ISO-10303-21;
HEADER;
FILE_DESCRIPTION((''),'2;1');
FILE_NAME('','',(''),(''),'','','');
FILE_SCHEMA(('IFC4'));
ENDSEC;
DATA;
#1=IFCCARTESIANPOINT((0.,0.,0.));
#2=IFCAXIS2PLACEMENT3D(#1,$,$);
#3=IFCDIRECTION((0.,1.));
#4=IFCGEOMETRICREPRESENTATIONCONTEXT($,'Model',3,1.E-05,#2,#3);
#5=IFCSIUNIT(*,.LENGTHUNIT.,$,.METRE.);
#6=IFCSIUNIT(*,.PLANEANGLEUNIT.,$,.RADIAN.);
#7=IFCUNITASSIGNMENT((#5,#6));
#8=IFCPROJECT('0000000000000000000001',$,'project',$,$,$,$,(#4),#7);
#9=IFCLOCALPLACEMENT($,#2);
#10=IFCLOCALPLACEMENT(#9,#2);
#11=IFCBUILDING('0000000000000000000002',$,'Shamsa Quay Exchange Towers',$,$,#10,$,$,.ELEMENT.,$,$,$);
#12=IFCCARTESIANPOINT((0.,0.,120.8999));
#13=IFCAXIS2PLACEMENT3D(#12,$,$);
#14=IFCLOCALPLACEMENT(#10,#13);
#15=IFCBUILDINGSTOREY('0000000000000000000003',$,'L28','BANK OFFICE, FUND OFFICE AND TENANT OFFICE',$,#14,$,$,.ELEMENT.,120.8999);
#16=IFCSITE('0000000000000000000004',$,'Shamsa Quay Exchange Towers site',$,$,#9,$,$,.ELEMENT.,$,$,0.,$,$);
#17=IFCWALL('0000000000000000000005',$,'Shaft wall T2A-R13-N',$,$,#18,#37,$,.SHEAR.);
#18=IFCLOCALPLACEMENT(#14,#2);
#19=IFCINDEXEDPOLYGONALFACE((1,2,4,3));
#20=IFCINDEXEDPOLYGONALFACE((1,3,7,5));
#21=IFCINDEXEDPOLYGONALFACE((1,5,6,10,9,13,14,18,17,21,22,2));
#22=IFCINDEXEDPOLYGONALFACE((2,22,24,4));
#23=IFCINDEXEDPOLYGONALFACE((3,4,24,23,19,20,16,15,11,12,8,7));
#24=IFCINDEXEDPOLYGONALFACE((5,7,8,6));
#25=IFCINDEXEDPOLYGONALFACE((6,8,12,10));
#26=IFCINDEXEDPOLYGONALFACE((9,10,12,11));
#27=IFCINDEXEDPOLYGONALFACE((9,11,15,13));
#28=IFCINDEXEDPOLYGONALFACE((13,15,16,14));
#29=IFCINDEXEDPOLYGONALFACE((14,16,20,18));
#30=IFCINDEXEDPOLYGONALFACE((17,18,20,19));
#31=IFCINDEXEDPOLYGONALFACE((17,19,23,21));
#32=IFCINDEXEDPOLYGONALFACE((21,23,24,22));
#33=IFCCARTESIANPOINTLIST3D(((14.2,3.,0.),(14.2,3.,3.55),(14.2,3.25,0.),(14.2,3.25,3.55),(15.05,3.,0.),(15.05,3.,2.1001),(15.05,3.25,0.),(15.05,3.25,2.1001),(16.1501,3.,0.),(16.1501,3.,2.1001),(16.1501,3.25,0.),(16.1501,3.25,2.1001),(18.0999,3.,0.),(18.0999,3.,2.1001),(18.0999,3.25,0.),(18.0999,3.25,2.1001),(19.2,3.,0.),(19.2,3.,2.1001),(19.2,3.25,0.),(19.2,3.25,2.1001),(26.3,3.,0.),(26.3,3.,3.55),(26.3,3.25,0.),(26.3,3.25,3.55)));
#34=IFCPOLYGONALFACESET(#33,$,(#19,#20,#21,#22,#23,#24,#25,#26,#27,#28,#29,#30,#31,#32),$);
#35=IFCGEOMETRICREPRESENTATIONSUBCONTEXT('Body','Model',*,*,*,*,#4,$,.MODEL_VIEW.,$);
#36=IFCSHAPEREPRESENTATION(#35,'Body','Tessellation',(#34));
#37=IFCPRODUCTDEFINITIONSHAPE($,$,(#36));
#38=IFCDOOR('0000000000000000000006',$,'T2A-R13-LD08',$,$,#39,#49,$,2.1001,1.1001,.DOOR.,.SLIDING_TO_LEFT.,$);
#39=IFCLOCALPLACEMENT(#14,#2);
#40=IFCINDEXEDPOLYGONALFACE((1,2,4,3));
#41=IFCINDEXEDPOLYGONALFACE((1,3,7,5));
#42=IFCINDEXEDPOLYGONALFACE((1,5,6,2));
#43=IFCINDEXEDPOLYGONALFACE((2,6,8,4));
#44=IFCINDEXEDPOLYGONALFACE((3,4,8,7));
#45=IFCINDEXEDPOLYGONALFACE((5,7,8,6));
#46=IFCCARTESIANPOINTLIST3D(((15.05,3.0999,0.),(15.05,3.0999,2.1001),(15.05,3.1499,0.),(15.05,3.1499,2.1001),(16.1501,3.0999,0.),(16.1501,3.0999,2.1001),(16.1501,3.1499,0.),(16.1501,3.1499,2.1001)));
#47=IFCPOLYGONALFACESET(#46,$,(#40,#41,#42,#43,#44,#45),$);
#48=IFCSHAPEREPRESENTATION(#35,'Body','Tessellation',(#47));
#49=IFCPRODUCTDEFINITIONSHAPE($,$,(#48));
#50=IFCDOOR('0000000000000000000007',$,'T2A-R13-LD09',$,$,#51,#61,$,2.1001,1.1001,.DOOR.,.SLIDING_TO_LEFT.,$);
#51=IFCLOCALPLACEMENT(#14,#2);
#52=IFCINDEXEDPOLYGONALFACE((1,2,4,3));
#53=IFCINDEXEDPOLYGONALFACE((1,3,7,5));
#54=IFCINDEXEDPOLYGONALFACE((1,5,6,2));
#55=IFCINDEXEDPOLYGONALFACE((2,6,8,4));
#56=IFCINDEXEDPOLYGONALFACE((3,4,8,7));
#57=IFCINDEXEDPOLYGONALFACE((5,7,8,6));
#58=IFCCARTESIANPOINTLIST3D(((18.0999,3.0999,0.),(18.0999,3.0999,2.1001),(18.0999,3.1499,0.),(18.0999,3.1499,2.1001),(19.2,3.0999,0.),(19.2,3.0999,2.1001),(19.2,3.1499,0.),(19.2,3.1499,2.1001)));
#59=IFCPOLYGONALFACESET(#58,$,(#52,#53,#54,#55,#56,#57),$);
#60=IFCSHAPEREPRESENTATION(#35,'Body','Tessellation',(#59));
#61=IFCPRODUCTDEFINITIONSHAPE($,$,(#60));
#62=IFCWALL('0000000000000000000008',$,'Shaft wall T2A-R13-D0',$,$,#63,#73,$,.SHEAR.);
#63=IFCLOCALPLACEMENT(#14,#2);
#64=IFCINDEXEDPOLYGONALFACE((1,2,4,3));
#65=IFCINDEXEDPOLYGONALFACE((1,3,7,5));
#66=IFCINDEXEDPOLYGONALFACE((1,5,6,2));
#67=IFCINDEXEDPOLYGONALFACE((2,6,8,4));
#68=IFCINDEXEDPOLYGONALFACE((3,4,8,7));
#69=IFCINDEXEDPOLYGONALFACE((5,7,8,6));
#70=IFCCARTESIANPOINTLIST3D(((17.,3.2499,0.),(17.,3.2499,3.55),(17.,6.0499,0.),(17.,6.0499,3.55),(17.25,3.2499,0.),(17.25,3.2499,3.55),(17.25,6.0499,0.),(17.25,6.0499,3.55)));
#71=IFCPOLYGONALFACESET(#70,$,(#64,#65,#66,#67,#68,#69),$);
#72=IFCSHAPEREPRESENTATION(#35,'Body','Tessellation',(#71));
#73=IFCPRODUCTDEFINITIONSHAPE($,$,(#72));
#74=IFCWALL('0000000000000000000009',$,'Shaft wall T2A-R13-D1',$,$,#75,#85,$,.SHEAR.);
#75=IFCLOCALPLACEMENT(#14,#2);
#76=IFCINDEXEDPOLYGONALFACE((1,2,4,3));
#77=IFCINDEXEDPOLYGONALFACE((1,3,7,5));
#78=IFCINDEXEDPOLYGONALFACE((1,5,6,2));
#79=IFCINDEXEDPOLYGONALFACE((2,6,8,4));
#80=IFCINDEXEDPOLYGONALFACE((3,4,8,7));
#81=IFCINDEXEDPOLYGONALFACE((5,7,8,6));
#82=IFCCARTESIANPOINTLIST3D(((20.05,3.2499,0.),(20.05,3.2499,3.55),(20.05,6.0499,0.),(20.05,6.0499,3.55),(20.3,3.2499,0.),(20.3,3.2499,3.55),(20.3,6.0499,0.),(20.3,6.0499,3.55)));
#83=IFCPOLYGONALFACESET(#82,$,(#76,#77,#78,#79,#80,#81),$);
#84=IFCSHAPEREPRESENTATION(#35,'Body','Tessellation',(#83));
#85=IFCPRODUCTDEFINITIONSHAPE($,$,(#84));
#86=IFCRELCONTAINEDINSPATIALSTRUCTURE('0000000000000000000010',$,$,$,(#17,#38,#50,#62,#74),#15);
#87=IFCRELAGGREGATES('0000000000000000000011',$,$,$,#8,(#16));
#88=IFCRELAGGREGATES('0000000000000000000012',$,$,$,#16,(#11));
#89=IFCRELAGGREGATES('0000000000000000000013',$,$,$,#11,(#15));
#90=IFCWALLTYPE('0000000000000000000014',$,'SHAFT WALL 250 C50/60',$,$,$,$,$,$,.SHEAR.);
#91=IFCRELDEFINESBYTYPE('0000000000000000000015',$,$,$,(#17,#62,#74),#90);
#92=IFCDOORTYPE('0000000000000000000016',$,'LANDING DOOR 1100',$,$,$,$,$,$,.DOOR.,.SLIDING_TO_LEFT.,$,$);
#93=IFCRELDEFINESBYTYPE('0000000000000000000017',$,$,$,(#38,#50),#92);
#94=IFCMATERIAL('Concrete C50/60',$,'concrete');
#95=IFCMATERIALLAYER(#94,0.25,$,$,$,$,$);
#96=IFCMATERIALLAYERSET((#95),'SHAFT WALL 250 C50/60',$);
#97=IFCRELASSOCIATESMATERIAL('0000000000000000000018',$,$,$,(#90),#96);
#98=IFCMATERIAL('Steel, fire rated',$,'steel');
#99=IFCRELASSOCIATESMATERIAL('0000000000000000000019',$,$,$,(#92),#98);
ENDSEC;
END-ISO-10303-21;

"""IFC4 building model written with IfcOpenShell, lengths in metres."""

from ifc_helpers import new_model, si_unit, direction, frame, frame_2d, origin, place, context, subcontext, project, spatial, rectangle, extrude, material, layer, layer_set, type_object, element, fill, save


model = new_model("IFC4")

# Units and contexts
model_context = context("Model", 3, precision=1e-05, world=origin(), true_north=direction((0.0, 1.0)))
body_context = subcontext(model_context, "Body", "Model", "MODEL_VIEW")
ifc_project = project(units=[si_unit("LENGTHUNIT", "METRE"), si_unit("PLANEANGLEUNIT", "RADIAN")], contexts=[model_context])

# Site, building, storey
site_placement = place(None, origin())
site = spatial("IfcSite", under=ifc_project, at=site_placement, Name="Shamsa Quay Exchange Towers site", CompositionType="ELEMENT", RefElevation=0.0)
building_placement = place(site_placement, origin())
building = spatial("IfcBuilding", under=site, at=building_placement, Name="Shamsa Quay Exchange Towers", CompositionType="ELEMENT")
storey_placement = place(building_placement, frame((0.0, 0.0, 120.8999)))
storey = spatial("IfcBuildingStorey", under=building, at=storey_placement, Name="L28", Description="BANK OFFICE, FUND OFFICE AND TENANT OFFICE", CompositionType="ELEMENT", Elevation=120.8999)

# Shared definitions
ifc_material_1 = material(Name="Concrete C50/60", Category="concrete")

# Shared definitions
ifc_material_2 = material(Name="Steel, fire rated", Category="steel")

# Wall, openings, doors
ifc_layer_1 = layer(ifc_material_1, 0.25)
ifc_layer_set_1 = layer_set([ifc_layer_1], Name="SHAFT WALL 250 C50/60")
wall_type_1 = type_object("IfcWallType", Name="SHAFT WALL 250 C50/60", PredefinedType="SHEAR", material=ifc_layer_set_1)
wall_1_placement = place(storey_placement, frame((14.2, 3.125, 0.0)))
wall_1 = element("IfcWall", 1, at=wall_1_placement, inside=storey, type_object=wall_type_1, Name="Shaft wall T2A-R13-N", PredefinedType="SHEAR", context=body_context, shape_type="SweptSolid", body=[
    extrude(rectangle(XDim=12.1001, YDim=0.25, at=frame_2d((6.05, 0.0))), origin(), (0.0, 0.0, 1.0), 3.55),
])
opening_1_placement = place(wall_1_placement, frame((0.8501, 0.0, 0.0)))
opening_1 = element("IfcOpeningElement", 2, at=opening_1_placement, cuts=wall_1, PredefinedType="OPENING", context=body_context, shape_type="SweptSolid", body=[
    extrude(rectangle(XDim=1.1001, YDim=2.1001, at=frame_2d((0.55, 1.05))), frame((0.0, 0.135, 0.0), z_axis=(0.0, -1.0, 0.0), x_axis=(1.0, 0.0, 0.0)), (0.0, 0.0, 1.0), 0.27),
])
opening_2_placement = place(wall_1_placement, frame((3.8999, 0.0, 0.0)))
opening_2 = element("IfcOpeningElement", 3, at=opening_2_placement, cuts=wall_1, PredefinedType="OPENING", context=body_context, shape_type="SweptSolid", body=[
    extrude(rectangle(XDim=1.1001, YDim=2.1001, at=frame_2d((0.55, 1.05))), frame((0.0, 0.135, 0.0), z_axis=(0.0, -1.0, 0.0), x_axis=(1.0, 0.0, 0.0)), (0.0, 0.0, 1.0), 0.27),
])
door_type_1 = type_object("IfcDoorType", Name="LANDING DOOR 1100", OperationType="SLIDING_TO_LEFT", PredefinedType="DOOR", material=ifc_material_2)
door_1_placement = place(opening_1_placement, origin())
door_1 = element("IfcDoor", 4, at=door_1_placement, inside=storey, type_object=door_type_1, Name="T2A-R13-LD08", OperationType="SLIDING_TO_LEFT", OverallHeight=2.1001, OverallWidth=1.1001, PredefinedType="DOOR", context=body_context, shape_type="SweptSolid", body=[
    extrude(rectangle(XDim=1.1001, YDim=2.1001, at=frame_2d((0.55, 1.05))), frame((0.0, 0.0249, 0.0), z_axis=(0.0, -1.0, 0.0), x_axis=(1.0, 0.0, 0.0)), (0.0, 0.0, 1.0), 0.05),
])
fill(opening_1, door_1)
door_2_placement = place(opening_2_placement, origin())
door_2 = element("IfcDoor", 5, at=door_2_placement, inside=storey, type_object=door_type_1, Name="T2A-R13-LD09", OperationType="SLIDING_TO_LEFT", OverallHeight=2.1001, OverallWidth=1.1001, PredefinedType="DOOR", context=body_context, shape_type="SweptSolid", body=[
    extrude(rectangle(XDim=1.1001, YDim=2.1001, at=frame_2d((0.55, 1.05))), frame((0.0, 0.0249, 0.0), z_axis=(0.0, -1.0, 0.0), x_axis=(1.0, 0.0, 0.0)), (0.0, 0.0, 1.0), 0.05),
])
fill(opening_2, door_2)

# Walls
for number, where, z_axis, x_axis, name in (
    (6, (17.125, 3.25, 0.0), (0.0, 0.0, 1.0), (0.0, 1.0, 0.0), "Shaft wall T2A-R13-D0"),
    (7, (20.175, 3.25, 0.0), (0.0, 0.0, 1.0), (0.0, 1.0, 0.0), "Shaft wall T2A-R13-D1"),
):
    element("IfcWall", number, at=place(storey_placement, frame(where, z_axis=z_axis, x_axis=x_axis)), inside=storey, type_object=wall_type_1, Name=name, PredefinedType="SHEAR", context=body_context, shape_type="SweptSolid", body=[
        extrude(rectangle(XDim=2.8, YDim=0.25, at=frame_2d((1.3999, 0.0))), origin(), (0.0, 0.0, 1.0), 3.55),
    ])

save(model, "model.ifc")
